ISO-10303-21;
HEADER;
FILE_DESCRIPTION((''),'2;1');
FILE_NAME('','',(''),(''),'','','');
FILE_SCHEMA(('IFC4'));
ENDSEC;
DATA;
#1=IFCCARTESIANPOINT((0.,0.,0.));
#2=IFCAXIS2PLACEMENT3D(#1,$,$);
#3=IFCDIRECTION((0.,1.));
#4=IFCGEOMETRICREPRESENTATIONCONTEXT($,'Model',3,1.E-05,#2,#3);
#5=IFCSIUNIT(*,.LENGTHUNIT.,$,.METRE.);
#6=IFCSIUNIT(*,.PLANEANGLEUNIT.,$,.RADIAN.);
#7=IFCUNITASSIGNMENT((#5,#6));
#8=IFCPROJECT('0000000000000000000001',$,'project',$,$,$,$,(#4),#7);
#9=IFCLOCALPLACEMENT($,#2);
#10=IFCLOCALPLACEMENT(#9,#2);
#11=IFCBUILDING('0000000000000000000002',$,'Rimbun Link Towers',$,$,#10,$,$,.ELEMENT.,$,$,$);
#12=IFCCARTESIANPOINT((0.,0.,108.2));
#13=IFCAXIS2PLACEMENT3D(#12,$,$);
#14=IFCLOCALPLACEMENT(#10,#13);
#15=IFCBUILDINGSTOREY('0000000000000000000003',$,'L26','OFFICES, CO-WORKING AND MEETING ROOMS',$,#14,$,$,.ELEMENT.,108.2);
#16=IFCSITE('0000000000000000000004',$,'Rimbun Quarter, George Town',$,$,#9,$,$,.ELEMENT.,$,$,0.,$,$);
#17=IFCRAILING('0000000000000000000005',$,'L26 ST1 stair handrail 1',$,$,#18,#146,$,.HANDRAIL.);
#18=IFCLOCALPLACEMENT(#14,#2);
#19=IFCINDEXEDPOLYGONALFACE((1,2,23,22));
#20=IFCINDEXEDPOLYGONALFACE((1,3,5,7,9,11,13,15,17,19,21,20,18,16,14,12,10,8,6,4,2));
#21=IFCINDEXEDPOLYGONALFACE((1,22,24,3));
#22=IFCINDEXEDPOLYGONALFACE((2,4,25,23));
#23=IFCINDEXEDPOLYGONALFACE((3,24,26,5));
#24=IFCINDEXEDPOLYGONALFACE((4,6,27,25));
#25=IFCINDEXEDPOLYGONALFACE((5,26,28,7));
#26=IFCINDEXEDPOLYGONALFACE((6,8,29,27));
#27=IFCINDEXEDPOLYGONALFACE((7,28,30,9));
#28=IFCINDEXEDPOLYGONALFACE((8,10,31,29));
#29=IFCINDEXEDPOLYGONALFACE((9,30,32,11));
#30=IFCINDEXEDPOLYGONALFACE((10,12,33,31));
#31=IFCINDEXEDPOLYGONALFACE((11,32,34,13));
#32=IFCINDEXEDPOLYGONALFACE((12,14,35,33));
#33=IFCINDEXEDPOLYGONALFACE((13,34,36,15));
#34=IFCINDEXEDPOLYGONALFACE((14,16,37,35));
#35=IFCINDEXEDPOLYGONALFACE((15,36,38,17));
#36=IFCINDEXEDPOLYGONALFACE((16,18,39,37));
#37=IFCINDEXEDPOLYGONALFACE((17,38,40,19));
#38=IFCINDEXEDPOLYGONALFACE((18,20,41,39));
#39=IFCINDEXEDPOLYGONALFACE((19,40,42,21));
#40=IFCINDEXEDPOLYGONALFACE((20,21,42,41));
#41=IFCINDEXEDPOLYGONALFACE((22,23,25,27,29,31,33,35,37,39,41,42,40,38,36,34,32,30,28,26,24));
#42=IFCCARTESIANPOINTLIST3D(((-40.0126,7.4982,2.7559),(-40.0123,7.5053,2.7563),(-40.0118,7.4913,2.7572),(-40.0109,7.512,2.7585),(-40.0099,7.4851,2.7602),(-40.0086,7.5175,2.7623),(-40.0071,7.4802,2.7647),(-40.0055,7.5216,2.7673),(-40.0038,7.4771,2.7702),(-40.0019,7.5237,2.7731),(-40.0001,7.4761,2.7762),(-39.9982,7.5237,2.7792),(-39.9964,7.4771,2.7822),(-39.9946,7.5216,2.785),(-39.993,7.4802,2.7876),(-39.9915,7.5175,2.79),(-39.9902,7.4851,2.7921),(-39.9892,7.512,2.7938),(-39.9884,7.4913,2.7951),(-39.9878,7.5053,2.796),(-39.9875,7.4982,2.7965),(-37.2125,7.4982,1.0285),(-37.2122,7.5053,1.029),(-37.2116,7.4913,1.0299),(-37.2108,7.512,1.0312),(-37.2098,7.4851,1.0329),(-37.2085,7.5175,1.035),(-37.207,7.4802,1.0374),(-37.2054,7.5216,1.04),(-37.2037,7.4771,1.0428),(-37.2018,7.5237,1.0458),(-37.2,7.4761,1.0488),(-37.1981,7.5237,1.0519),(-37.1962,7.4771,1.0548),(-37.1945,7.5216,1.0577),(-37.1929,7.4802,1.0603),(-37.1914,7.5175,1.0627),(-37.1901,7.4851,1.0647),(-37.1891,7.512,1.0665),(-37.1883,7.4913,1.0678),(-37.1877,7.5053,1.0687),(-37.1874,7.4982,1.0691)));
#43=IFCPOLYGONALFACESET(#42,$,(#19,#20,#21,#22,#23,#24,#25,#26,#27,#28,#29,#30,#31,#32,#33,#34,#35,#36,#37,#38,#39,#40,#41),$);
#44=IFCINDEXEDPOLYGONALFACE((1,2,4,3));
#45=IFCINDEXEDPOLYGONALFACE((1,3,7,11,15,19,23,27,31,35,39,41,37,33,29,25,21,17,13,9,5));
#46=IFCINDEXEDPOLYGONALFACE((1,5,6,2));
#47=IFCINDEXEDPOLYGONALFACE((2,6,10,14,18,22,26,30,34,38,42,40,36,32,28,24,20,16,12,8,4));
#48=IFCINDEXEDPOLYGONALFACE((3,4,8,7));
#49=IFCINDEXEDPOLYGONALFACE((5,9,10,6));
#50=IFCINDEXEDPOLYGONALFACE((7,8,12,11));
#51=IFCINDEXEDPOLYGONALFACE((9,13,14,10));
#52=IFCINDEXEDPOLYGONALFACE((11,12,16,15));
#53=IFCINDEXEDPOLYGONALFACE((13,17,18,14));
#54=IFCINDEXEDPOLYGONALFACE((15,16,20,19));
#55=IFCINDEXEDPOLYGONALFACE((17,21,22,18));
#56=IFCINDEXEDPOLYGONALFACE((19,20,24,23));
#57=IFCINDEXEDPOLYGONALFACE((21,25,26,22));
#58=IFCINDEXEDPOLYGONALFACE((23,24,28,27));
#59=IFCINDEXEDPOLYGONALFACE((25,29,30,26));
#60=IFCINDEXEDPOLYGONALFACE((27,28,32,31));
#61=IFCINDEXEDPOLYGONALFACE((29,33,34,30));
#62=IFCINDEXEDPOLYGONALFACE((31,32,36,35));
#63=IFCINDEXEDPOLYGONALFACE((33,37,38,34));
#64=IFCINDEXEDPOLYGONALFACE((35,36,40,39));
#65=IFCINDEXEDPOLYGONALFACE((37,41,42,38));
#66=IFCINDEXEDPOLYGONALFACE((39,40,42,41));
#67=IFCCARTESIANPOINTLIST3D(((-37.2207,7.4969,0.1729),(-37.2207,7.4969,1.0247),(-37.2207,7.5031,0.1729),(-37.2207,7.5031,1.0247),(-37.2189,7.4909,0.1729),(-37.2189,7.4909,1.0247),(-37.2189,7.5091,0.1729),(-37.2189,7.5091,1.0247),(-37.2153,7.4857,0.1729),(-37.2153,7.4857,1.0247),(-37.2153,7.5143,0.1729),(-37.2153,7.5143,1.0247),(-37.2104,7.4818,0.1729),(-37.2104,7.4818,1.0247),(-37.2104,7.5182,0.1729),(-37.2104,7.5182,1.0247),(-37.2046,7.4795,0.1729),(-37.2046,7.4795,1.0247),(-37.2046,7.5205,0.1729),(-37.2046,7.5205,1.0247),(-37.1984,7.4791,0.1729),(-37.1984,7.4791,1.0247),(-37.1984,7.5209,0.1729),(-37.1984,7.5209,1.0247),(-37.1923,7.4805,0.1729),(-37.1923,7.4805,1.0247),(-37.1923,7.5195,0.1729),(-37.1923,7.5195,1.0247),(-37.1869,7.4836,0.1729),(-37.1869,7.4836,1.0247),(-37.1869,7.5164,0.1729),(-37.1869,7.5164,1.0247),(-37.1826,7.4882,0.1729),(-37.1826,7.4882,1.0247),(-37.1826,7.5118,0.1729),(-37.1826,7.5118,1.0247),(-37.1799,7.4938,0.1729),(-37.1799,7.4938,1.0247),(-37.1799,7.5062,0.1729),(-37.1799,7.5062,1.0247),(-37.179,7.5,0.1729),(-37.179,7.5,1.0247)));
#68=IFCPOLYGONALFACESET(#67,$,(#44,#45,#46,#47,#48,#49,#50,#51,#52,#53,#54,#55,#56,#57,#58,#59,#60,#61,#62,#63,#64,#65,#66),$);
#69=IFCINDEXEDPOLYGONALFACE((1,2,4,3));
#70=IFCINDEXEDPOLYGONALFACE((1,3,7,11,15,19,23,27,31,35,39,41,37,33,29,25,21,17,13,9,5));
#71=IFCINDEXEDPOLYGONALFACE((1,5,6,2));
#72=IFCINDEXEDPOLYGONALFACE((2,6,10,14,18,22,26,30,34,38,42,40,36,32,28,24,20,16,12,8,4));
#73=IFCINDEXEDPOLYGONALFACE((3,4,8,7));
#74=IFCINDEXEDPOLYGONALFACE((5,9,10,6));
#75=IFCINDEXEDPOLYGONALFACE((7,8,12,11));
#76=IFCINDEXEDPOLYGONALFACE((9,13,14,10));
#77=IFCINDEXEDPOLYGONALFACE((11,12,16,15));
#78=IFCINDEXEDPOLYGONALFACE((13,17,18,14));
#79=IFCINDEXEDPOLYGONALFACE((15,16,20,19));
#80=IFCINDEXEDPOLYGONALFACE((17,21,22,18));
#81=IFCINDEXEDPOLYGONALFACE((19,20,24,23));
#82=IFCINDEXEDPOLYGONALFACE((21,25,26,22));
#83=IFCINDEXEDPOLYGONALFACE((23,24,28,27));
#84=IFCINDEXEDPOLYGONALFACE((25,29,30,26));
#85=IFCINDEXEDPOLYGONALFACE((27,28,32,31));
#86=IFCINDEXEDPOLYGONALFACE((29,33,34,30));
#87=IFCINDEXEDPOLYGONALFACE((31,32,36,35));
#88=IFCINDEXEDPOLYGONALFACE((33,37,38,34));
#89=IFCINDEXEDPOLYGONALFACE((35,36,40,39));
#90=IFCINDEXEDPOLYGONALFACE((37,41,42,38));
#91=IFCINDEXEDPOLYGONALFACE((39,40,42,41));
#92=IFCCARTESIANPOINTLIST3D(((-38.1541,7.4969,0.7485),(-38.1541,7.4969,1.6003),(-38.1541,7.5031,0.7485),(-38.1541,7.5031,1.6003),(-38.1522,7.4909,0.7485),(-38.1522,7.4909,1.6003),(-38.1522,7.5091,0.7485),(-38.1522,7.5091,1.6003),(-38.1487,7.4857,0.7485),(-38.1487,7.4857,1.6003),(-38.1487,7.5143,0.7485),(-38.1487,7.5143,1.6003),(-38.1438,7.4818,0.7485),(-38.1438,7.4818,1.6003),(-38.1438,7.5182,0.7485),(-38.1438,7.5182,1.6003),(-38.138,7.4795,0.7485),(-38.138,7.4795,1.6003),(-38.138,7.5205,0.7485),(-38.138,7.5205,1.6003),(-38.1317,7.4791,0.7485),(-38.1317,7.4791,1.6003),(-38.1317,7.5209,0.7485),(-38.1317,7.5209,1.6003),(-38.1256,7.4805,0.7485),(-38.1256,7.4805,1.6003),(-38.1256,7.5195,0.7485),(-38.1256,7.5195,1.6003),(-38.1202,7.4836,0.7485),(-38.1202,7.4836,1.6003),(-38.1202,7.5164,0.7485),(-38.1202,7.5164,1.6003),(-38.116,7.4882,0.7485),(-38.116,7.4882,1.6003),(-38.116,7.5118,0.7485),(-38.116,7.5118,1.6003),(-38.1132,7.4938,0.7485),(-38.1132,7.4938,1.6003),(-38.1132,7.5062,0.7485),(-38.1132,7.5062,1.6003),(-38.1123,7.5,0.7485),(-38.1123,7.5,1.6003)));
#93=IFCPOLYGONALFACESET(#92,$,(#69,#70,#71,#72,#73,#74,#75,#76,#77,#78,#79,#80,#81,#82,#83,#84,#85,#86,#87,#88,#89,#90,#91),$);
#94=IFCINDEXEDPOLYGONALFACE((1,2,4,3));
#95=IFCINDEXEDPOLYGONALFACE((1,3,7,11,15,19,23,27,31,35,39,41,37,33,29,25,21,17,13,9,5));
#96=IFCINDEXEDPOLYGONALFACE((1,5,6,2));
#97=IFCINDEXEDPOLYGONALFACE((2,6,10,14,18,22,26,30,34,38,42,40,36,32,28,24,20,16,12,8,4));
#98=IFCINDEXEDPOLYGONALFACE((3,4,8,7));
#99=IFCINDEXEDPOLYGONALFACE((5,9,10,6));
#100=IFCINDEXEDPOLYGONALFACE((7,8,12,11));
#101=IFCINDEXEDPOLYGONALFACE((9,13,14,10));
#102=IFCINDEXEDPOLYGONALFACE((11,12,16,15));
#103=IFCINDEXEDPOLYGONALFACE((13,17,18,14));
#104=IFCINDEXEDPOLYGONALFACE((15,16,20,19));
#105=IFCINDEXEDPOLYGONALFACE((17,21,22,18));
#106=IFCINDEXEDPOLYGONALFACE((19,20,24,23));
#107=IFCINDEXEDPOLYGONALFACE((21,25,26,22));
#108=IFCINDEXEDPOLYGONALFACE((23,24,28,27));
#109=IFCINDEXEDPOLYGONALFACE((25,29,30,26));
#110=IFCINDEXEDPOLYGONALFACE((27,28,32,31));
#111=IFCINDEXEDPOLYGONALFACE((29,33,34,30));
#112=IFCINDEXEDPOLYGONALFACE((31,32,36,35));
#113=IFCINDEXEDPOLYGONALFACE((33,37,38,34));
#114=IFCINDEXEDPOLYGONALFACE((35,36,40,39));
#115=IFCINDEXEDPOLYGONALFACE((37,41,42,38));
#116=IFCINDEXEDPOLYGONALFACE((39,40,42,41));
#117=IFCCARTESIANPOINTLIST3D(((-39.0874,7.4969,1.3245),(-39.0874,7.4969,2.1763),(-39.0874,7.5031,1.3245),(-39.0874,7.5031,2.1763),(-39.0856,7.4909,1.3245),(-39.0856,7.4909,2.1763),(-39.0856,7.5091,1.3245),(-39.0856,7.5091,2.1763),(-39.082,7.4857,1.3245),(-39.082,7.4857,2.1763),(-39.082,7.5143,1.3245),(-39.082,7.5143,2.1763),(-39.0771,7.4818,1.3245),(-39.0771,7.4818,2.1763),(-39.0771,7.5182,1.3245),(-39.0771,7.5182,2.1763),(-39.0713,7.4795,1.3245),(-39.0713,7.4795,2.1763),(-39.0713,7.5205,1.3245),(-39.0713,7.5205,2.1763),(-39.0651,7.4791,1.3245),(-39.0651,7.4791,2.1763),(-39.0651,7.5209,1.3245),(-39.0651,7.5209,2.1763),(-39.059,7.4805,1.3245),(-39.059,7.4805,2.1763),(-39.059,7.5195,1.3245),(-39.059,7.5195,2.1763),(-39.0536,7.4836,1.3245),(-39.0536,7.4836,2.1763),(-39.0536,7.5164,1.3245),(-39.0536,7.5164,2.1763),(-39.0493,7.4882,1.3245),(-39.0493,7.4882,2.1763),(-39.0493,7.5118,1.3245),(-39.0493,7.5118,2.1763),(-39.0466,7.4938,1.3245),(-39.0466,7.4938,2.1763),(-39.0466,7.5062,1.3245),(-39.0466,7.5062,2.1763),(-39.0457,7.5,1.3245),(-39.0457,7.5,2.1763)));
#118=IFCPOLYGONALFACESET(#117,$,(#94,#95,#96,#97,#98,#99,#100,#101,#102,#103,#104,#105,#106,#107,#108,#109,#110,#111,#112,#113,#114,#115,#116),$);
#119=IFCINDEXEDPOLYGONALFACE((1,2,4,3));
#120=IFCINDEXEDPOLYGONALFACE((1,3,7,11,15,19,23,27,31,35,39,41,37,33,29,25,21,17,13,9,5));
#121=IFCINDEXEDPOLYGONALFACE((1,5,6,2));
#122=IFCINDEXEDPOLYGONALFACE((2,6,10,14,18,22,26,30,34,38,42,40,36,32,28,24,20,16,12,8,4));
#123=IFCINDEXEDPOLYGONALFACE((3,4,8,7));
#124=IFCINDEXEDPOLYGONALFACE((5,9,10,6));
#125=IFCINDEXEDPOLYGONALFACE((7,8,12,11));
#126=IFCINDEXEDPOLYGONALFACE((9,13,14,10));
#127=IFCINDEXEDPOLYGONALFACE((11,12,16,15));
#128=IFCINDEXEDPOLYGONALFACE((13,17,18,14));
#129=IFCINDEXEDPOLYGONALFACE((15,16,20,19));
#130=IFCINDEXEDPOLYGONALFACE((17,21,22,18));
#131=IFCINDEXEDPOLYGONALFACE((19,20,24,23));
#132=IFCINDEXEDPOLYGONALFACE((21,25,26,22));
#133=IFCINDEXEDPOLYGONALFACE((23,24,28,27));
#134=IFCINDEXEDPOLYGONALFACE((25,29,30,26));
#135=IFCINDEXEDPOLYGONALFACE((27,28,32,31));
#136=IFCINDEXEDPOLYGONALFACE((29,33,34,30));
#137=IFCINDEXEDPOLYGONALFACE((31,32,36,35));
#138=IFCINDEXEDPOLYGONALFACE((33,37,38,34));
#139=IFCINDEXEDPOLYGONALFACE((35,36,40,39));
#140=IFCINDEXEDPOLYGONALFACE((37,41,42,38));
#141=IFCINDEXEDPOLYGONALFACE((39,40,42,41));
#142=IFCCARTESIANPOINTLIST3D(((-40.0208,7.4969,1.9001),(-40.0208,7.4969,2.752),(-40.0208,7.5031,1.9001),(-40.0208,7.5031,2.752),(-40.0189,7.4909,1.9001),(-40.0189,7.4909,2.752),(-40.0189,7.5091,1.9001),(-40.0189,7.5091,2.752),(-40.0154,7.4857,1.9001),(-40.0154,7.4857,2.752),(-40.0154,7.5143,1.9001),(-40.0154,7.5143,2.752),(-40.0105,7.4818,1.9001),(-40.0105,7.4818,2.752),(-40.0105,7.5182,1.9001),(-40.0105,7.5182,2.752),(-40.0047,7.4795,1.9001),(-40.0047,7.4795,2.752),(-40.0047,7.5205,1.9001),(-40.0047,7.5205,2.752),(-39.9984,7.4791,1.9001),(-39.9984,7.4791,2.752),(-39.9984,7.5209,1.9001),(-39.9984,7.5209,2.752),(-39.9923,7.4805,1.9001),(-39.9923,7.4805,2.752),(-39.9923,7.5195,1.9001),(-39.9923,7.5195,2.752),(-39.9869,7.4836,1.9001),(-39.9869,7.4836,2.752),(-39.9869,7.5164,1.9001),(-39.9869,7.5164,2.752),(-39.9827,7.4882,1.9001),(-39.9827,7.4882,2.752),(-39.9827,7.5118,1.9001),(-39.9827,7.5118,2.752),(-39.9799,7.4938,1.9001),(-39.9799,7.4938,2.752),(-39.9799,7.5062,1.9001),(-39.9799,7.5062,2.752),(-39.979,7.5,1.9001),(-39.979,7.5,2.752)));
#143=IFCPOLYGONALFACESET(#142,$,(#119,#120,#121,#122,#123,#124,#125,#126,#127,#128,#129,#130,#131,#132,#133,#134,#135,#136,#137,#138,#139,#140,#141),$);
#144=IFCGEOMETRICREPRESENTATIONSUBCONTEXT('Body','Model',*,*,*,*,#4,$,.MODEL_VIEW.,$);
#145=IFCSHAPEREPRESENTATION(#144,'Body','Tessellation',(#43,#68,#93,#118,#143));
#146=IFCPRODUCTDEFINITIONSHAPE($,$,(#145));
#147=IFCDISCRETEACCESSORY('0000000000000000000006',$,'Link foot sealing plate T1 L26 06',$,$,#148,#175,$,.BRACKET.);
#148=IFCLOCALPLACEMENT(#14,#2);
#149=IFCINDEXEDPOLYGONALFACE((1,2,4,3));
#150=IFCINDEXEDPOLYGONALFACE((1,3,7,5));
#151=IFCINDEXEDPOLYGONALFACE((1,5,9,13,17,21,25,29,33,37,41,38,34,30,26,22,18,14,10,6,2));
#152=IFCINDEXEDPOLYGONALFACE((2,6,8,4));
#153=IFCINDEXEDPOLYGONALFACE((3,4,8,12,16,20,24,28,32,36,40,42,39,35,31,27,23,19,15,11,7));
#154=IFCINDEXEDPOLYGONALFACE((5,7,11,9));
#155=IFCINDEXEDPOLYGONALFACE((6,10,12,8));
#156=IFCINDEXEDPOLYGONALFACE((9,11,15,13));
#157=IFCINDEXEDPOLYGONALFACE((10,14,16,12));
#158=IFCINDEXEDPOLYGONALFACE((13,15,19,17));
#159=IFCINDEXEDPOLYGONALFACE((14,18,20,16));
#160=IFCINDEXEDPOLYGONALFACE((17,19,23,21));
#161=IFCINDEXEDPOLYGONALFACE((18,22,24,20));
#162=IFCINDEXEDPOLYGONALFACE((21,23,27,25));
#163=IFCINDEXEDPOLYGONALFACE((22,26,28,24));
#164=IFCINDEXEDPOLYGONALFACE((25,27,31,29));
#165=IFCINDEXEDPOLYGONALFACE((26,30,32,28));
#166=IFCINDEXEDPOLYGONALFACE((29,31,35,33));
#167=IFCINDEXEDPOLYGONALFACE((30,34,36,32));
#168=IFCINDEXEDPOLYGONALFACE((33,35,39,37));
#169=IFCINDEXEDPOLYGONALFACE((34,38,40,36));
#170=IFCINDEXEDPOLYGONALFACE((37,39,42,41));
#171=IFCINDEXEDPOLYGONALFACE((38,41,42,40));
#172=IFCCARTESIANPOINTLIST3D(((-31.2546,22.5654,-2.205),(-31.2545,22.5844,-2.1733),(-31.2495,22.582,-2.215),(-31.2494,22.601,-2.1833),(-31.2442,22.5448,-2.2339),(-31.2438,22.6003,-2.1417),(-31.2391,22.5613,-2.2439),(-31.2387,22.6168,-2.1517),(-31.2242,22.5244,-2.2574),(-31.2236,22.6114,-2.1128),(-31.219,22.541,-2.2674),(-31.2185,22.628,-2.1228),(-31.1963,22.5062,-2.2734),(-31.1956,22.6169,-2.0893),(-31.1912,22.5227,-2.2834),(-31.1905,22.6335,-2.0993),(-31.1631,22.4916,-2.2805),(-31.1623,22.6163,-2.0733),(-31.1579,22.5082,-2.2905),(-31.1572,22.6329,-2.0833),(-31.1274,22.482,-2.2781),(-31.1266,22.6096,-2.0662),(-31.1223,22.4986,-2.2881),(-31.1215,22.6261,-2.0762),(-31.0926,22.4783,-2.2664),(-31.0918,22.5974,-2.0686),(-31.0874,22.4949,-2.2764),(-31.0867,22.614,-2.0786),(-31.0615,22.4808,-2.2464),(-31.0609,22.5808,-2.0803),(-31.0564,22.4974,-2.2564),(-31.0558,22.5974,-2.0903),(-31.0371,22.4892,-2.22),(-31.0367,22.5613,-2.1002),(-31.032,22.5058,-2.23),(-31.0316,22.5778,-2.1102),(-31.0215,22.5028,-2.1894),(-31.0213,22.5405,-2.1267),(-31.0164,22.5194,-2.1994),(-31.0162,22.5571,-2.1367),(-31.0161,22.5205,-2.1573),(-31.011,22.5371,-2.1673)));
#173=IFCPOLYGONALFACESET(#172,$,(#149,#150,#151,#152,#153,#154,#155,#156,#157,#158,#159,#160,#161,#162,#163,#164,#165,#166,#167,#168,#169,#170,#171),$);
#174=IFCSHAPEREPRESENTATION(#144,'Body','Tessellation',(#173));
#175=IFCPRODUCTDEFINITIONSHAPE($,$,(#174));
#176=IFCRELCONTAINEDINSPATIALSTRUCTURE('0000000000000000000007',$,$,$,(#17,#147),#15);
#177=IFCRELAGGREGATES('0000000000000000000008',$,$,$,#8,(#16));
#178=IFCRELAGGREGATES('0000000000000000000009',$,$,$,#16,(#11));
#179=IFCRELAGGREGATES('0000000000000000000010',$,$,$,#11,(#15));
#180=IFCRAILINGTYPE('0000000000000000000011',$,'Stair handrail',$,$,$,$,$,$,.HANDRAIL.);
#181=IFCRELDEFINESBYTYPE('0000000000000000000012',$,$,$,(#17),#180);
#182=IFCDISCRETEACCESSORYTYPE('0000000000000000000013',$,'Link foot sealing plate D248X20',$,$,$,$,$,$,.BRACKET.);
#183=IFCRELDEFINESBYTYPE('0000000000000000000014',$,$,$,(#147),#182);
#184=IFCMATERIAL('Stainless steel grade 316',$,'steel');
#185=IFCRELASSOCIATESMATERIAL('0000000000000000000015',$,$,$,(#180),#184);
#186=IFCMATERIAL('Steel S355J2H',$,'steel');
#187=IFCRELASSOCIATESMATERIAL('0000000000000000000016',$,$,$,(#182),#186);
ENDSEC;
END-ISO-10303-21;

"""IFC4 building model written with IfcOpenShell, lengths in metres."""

from ifc_helpers import new_model, si_unit, direction, frame, origin, origin_2d, place, context, subcontext, project, spatial, circle, extrude, material, material_profile, profile_set, type_object, element, save


model = new_model("IFC4")

# Units and contexts
model_context = context("Model", 3, precision=1e-05, world=origin(), true_north=direction((0.0, 1.0)))
body_context = subcontext(model_context, "Body", "Model", "MODEL_VIEW")
ifc_project = project(units=[si_unit("LENGTHUNIT", "METRE"), si_unit("PLANEANGLEUNIT", "RADIAN")], contexts=[model_context])

# Site, building, storey
site_placement = place(None, origin())
site = spatial("IfcSite", under=ifc_project, at=site_placement, Name="Rimbun Quarter, George Town", CompositionType="ELEMENT", RefElevation=0.0)
building_placement = place(site_placement, origin())
building = spatial("IfcBuilding", under=site, at=building_placement, Name="Rimbun Link Towers", CompositionType="ELEMENT")
storey_placement = place(building_placement, frame((0.0, 0.0, 108.2)))
storey = spatial("IfcBuildingStorey", under=building, at=storey_placement, Name="L26", Description="OFFICES, CO-WORKING AND MEETING ROOMS", CompositionType="ELEMENT", Elevation=108.2)

# Railing
ifc_material_1 = material(Name="Stainless steel grade 316", Category="steel")
railing_type_1 = type_object("IfcRailingType", Name="Stair handrail", PredefinedType="HANDRAIL", material=ifc_material_1)
railing_1_placement = place(storey_placement, frame((-37.2, 7.5, 0.1729)))
element("IfcRailing", 1, at=railing_1_placement, inside=storey, type_object=railing_type_1, Name="L26 ST1 stair handrail 1", PredefinedType="HANDRAIL", context=body_context, shape_type="SweptSolid", body=[
    extrude(circle(Radius=0.0239, at=origin_2d()), frame((0.0, 0.0, 0.876), z_axis=(-0.85109, 0.0, 0.52502), x_axis=(0.0, -1.0, 0.0)), (0.0, 0.0, 1.0), 3.29),
    extrude(circle(Radius=0.021, at=origin_2d()), origin(), (0.0, 0.0, 1.0), 0.8518),
    extrude(circle(Radius=0.021, at=origin_2d()), frame((-0.9333, 0.0, 0.5757)), (0.0, 0.0, 1.0), 0.8518),
    extrude(circle(Radius=0.021, at=origin_2d()), frame((-1.8667, 0.0, 1.1516)), (0.0, 0.0, 1.0), 0.8518),
    extrude(circle(Radius=0.021, at=origin_2d()), frame((-2.8, 0.0, 1.7273)), (0.0, 0.0, 1.0), 0.8518),
])

# Discrete accessory
ifc_material_2 = material(Name="Steel S355J2H", Category="steel")
ifc_material_profile_1 = material_profile(ifc_material_2, circle(Radius=0.124, at=origin_2d()), Name="PL D248")
ifc_profile_set_1 = profile_set([ifc_material_profile_1], Name="Steel S355J2H")
discrete_accessory_type = type_object("IfcDiscreteAccessoryType", Name="Link foot sealing plate D248X20", PredefinedType="BRACKET", material=ifc_profile_set_1)
discrete_accessory_placement = place(storey_placement, frame((-31.136, 22.5479, -2.1733), z_axis=(0.25568, 0.827915, -0.499184), x_axis=(-0.955475, 0.295073, 0.0)))
element("IfcDiscreteAccessory", 2, at=discrete_accessory_placement, inside=storey, type_object=discrete_accessory_type, Name="Link foot sealing plate T1 L26 06", PredefinedType="BRACKET", context=body_context, shape_type="SweptSolid", body=[
    extrude(circle(Radius=0.124, at=origin_2d()), origin(), (0.0, 0.0, 1.0), 0.02),
])

save(model, "model.ifc")
